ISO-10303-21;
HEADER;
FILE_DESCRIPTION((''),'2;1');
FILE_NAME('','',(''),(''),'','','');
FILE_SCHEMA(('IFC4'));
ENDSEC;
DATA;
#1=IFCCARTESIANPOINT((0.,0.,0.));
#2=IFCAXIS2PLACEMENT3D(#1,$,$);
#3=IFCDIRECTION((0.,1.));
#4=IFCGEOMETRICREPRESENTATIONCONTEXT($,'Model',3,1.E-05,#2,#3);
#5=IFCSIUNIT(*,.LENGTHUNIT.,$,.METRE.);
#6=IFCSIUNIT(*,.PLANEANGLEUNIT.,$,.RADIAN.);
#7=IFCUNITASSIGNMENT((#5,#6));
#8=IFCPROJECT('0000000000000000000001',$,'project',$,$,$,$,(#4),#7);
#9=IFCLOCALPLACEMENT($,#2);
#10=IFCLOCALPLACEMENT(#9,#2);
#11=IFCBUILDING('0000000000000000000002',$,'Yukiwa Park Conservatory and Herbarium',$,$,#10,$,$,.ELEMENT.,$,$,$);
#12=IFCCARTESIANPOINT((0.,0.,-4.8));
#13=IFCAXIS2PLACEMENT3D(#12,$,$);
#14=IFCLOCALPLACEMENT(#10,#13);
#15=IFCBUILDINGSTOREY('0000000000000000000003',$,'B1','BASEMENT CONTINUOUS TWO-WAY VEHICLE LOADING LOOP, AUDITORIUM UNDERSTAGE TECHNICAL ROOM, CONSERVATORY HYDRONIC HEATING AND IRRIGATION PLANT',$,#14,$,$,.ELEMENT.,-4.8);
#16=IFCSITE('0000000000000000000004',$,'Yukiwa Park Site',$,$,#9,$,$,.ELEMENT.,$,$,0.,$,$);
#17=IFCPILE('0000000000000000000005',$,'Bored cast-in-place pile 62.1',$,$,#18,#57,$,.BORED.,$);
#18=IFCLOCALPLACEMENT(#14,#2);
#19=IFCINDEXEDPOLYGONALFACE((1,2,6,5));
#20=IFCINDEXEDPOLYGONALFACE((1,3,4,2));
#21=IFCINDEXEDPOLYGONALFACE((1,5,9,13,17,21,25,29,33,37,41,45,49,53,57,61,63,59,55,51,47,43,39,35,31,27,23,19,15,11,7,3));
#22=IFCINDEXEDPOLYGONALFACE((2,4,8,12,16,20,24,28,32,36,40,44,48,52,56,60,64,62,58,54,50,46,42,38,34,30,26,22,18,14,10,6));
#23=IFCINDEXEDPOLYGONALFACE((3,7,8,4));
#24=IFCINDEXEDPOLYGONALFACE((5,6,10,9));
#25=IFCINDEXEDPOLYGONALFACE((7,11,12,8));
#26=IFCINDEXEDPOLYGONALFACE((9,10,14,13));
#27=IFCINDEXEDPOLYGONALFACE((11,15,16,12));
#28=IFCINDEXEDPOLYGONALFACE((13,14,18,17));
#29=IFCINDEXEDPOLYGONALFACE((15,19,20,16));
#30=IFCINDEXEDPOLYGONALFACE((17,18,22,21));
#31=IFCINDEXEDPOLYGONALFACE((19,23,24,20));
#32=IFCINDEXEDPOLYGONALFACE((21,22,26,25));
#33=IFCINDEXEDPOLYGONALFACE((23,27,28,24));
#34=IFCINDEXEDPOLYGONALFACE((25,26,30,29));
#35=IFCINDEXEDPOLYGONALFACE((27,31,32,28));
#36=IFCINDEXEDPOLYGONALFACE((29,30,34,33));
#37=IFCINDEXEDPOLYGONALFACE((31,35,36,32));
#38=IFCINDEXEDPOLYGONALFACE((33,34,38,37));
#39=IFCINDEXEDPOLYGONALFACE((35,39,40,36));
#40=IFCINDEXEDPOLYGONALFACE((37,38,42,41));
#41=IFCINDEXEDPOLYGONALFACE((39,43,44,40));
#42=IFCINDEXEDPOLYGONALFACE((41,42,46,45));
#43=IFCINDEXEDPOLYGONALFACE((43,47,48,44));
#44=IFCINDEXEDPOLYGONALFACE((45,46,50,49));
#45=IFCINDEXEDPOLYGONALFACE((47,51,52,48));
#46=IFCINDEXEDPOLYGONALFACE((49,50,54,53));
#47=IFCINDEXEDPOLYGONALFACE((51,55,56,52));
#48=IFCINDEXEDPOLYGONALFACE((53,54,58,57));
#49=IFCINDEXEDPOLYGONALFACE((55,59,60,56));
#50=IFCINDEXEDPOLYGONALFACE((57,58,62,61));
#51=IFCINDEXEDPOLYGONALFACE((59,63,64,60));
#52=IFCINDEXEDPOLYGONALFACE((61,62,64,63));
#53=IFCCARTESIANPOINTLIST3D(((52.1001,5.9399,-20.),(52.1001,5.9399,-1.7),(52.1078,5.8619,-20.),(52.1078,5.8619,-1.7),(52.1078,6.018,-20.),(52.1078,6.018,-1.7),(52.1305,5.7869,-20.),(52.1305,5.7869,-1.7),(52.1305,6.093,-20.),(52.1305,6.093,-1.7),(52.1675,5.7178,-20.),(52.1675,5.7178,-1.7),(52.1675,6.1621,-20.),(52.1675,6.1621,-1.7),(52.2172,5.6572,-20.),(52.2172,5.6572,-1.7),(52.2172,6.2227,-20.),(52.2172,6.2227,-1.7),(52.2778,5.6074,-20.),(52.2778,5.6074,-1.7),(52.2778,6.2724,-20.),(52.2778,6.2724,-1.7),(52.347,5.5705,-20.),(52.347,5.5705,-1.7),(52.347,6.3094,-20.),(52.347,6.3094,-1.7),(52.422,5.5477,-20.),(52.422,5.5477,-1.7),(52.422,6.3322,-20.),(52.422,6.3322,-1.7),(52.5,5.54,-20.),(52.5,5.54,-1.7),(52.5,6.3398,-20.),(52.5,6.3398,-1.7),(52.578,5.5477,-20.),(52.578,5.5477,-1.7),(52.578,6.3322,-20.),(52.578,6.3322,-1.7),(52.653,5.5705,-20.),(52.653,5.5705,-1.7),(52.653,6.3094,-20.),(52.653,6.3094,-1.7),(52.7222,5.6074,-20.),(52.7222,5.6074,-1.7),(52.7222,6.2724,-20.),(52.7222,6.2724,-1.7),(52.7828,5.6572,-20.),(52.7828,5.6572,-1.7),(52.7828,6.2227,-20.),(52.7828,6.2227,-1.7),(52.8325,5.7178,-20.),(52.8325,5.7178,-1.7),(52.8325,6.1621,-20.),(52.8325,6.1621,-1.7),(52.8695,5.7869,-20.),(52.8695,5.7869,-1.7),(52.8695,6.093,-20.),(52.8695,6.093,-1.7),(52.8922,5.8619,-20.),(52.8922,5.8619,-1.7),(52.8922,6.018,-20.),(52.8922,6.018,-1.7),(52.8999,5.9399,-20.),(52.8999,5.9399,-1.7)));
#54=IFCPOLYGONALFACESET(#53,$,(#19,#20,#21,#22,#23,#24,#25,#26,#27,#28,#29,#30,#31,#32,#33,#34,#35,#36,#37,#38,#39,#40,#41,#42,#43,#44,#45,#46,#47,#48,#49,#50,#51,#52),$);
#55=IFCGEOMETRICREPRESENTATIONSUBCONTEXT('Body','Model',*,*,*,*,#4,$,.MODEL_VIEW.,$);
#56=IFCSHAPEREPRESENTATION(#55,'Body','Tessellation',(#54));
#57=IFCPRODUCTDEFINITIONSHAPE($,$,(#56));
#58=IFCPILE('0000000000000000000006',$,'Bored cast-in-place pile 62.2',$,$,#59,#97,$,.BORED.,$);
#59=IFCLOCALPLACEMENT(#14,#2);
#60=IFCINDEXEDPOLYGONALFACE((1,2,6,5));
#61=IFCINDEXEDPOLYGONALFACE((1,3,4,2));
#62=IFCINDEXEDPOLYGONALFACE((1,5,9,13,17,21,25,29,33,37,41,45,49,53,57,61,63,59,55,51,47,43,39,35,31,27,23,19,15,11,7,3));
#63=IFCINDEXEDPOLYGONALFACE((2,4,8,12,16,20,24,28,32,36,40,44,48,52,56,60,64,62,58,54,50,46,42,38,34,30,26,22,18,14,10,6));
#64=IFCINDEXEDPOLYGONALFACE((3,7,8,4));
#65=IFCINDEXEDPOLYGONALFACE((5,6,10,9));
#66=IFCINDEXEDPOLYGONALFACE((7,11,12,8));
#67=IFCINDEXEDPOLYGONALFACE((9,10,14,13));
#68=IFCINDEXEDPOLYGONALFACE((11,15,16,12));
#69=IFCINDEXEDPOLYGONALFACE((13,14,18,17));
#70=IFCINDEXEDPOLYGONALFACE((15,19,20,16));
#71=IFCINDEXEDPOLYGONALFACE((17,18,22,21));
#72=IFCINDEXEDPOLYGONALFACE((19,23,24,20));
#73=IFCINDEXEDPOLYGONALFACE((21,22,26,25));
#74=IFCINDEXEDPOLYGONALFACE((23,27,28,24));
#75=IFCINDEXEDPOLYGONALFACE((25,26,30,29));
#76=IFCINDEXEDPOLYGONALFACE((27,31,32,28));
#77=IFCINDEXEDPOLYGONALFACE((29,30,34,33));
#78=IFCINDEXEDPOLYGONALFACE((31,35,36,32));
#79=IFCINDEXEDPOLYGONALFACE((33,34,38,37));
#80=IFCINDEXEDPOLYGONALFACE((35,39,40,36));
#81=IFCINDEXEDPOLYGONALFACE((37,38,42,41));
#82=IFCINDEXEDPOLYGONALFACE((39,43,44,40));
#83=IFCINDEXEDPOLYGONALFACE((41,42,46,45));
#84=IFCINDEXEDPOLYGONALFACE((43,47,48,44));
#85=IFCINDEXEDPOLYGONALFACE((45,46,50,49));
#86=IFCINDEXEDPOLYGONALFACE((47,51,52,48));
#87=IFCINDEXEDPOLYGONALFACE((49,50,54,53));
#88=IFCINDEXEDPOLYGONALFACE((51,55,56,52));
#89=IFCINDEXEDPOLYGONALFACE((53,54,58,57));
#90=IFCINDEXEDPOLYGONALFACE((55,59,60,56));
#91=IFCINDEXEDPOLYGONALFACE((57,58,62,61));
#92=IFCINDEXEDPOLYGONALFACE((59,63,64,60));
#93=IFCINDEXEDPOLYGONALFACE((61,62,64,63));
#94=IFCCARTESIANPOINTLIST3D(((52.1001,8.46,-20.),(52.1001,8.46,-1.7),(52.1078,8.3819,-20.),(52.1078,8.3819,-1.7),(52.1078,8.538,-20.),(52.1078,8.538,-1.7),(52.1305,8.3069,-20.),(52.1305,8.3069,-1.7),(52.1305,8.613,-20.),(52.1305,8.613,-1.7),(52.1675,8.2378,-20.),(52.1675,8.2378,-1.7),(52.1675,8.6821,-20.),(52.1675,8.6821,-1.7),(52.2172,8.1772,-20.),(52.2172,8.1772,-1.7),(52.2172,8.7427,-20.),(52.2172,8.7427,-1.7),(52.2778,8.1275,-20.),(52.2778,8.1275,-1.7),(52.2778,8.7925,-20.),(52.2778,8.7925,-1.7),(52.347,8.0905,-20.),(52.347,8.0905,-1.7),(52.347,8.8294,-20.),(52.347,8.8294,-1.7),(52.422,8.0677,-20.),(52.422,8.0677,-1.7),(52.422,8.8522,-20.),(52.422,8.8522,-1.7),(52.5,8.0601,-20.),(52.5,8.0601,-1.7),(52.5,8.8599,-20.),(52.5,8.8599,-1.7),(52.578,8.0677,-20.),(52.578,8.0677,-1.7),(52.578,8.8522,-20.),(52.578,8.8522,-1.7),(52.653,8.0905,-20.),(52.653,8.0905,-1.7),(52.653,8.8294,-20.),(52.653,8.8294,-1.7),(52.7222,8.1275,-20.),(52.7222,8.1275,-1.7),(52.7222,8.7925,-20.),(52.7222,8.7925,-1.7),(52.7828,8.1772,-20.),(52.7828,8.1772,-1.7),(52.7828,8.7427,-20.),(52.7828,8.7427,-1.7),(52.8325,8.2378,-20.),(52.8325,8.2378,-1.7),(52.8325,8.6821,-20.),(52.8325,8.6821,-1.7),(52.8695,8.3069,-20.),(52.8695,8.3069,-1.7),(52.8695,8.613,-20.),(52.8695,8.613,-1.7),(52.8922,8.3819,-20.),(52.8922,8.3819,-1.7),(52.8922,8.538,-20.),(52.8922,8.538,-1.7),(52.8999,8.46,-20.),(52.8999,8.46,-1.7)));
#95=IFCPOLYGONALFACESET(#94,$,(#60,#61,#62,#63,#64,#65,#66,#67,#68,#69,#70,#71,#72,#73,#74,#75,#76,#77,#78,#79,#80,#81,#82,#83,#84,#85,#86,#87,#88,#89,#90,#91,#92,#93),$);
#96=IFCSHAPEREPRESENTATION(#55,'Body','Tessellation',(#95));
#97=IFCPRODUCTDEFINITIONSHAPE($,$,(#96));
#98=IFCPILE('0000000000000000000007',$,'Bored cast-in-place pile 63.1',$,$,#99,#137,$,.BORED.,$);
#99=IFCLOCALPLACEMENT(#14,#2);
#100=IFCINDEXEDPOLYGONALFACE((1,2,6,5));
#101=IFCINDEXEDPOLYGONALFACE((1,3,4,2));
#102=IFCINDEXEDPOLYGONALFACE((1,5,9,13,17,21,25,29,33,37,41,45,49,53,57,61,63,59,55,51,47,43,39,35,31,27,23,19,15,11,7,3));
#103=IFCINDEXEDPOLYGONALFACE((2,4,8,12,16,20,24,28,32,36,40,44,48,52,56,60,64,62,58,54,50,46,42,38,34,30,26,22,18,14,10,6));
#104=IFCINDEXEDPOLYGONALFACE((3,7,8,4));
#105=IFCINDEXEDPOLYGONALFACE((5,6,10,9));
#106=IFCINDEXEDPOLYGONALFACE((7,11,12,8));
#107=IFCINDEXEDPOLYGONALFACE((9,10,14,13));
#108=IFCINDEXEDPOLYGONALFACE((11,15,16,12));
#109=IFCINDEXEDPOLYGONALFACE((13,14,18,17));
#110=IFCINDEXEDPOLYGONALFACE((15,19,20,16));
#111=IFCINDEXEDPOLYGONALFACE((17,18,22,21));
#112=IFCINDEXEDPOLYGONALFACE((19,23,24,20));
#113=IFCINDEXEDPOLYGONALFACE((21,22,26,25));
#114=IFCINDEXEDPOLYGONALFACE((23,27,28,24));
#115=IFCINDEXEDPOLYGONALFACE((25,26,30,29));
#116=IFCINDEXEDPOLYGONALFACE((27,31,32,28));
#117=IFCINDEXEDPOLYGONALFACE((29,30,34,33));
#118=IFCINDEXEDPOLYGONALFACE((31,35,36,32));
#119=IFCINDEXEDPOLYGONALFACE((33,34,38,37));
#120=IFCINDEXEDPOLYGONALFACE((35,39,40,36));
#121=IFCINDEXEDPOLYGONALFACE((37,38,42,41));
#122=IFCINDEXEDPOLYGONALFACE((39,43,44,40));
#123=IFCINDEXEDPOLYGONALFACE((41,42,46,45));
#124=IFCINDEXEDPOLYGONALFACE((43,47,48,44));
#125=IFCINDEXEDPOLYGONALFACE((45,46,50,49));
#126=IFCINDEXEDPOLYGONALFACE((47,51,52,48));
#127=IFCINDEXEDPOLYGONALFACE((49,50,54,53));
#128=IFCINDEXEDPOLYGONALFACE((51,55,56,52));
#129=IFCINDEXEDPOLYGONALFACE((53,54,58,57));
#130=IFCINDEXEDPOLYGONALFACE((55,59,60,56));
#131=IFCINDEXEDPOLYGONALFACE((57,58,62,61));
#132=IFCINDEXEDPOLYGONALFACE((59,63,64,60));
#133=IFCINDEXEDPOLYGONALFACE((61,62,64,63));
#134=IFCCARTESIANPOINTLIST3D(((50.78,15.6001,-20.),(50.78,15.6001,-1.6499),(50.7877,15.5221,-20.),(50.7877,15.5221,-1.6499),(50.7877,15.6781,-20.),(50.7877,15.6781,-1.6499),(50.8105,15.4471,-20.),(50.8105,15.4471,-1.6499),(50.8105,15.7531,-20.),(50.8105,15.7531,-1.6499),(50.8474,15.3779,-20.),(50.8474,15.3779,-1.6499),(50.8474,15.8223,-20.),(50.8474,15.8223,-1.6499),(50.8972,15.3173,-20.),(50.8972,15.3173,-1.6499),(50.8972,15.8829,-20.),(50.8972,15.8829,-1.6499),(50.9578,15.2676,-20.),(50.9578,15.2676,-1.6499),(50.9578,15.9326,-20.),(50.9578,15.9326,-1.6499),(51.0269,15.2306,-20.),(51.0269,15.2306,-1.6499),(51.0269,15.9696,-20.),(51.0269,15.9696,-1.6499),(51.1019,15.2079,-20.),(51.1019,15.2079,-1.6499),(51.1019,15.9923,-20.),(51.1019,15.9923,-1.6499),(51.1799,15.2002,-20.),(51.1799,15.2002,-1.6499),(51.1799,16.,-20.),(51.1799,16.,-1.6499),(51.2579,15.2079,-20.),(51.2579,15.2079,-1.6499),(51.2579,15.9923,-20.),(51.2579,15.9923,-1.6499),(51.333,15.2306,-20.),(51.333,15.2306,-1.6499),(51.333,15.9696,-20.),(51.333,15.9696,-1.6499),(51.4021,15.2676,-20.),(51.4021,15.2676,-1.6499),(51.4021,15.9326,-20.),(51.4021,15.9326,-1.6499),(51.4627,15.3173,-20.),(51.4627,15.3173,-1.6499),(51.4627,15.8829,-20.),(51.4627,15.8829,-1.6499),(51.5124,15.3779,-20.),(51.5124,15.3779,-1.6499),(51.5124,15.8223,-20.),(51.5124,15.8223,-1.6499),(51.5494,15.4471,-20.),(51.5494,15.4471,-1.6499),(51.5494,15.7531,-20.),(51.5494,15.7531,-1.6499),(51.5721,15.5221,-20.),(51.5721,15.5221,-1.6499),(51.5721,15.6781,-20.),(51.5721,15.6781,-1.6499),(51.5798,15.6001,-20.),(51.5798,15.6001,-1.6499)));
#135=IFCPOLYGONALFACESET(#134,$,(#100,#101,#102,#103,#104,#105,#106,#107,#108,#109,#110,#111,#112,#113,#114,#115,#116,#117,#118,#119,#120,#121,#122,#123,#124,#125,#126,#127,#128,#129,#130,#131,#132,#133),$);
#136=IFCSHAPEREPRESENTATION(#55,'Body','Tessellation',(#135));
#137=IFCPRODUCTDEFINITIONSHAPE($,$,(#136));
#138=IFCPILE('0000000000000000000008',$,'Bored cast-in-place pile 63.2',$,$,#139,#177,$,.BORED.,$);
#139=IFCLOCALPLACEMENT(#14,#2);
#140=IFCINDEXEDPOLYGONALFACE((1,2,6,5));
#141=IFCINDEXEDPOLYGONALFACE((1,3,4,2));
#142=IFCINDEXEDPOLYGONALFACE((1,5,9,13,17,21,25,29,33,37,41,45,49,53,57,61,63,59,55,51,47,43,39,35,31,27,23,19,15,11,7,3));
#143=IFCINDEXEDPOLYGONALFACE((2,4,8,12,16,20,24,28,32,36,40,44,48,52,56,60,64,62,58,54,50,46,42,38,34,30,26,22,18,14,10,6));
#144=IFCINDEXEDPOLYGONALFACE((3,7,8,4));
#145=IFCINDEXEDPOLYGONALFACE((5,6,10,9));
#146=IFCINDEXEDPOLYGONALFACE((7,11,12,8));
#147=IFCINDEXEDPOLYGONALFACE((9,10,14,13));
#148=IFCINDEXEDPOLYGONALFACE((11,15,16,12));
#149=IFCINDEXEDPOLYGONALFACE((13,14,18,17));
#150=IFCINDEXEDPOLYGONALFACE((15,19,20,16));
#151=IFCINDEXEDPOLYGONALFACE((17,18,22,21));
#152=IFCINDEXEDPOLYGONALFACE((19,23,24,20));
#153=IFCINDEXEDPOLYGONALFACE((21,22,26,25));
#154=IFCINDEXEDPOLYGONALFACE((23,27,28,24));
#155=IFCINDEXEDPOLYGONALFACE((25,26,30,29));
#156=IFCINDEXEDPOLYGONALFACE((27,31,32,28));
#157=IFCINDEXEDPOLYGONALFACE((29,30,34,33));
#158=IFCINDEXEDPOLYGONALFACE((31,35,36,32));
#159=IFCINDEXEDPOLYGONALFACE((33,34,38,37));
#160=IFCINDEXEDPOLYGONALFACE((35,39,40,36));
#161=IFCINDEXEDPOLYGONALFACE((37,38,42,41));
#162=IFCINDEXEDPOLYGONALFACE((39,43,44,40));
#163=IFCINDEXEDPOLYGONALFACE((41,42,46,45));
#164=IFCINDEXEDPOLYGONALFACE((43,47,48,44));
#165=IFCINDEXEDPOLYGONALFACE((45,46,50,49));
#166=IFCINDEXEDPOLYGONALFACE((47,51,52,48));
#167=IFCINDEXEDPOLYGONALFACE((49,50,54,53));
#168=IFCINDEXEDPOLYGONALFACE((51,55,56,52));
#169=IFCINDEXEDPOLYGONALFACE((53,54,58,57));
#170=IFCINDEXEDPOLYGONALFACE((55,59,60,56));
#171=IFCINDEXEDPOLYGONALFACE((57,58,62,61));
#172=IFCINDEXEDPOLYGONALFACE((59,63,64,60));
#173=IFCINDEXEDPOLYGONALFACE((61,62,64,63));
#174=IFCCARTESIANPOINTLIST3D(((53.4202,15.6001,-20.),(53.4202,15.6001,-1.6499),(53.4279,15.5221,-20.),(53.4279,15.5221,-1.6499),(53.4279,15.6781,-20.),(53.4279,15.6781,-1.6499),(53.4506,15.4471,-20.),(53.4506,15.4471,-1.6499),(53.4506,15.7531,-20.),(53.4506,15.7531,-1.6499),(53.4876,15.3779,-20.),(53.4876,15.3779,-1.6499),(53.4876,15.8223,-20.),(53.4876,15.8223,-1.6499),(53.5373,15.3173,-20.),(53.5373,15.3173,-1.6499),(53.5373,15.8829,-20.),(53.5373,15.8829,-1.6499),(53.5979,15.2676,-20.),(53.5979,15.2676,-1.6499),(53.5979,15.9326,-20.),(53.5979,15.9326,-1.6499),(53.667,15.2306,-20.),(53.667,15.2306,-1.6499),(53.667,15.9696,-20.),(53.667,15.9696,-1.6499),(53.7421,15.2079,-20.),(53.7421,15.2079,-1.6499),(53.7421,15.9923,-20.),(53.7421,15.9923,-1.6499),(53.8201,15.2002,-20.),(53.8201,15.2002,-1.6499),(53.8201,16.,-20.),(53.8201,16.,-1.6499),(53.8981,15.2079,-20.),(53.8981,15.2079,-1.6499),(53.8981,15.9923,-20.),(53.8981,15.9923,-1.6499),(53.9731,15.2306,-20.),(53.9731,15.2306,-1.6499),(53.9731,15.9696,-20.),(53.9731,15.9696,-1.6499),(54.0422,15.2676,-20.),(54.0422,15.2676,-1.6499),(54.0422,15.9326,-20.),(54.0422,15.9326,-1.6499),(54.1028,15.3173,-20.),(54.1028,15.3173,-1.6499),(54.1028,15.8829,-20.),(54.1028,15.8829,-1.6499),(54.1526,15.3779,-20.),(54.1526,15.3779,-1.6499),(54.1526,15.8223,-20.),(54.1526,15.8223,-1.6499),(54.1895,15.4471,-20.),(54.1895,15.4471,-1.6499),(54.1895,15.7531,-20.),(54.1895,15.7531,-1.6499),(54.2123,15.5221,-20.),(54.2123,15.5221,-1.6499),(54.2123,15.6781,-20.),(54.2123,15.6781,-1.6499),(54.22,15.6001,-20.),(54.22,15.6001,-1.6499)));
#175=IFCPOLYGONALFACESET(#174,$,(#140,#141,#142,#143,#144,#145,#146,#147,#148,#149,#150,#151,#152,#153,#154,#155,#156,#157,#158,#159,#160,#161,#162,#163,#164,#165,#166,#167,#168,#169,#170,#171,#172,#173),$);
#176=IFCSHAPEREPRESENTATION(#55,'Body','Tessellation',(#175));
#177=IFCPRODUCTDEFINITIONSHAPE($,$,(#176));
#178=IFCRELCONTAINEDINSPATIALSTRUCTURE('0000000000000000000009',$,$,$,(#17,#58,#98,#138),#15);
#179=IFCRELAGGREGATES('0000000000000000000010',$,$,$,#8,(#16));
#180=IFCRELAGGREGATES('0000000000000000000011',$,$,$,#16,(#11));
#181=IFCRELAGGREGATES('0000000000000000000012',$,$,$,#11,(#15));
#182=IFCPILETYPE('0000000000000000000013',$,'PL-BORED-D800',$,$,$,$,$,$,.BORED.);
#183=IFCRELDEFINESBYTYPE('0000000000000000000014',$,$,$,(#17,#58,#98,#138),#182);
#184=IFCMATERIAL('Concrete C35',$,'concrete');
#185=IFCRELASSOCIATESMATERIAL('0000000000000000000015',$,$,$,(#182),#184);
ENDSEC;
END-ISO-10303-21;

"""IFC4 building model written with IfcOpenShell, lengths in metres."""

from ifc_helpers import new_model, si_unit, direction, frame, origin, origin_2d, place, context, subcontext, project, spatial, circle, extrude, material, material_profile, profile_set, type_object, element, save


model = new_model("IFC4")

# Units and contexts
model_context = context("Model", 3, precision=1e-05, world=origin(), true_north=direction((0.0, 1.0)))
body_context = subcontext(model_context, "Body", "Model", "MODEL_VIEW")
ifc_project = project(units=[si_unit("LENGTHUNIT", "METRE"), si_unit("PLANEANGLEUNIT", "RADIAN")], contexts=[model_context])

# Site, building, storey
site_placement = place(None, origin())
site = spatial("IfcSite", under=ifc_project, at=site_placement, Name="Yukiwa Park Site", CompositionType="ELEMENT", RefElevation=0.0)
building_placement = place(site_placement, origin())
building = spatial("IfcBuilding", under=site, at=building_placement, Name="Yukiwa Park Conservatory and Herbarium", CompositionType="ELEMENT")
storey_placement = place(building_placement, frame((0.0, 0.0, -4.8)))
storey = spatial("IfcBuildingStorey", under=building, at=storey_placement, Name="B1", Description="BASEMENT CONTINUOUS TWO-WAY VEHICLE LOADING LOOP, AUDITORIUM UNDERSTAGE TECHNICAL ROOM, CONSERVATORY HYDRONIC HEATING AND IRRIGATION PLANT", CompositionType="ELEMENT", Elevation=-4.8)

# Piles
ifc_material_1 = material(Name="Concrete C35", Category="concrete")
ifc_material_profile_1 = material_profile(ifc_material_1, circle(Radius=0.3999, at=origin_2d()), Name="PILE D800")
ifc_profile_set_1 = profile_set([ifc_material_profile_1], Name="Concrete C35")
pile_type = type_object("IfcPileType", Name="PL-BORED-D800", PredefinedType="BORED", material=ifc_profile_set_1)
for number, where, z_axis, x_axis, name in (
    (1, (52.5, 5.9399, -1.7), (0.0, 0.0, -1.0), (1.0, 0.0, 0.0), "Bored cast-in-place pile 62.1"),
    (2, (52.5, 8.46, -1.7), (0.0, 0.0, -1.0), (1.0, 0.0, 0.0), "Bored cast-in-place pile 62.2"),
):
    element("IfcPile", number, at=place(storey_placement, frame(where, z_axis=z_axis, x_axis=x_axis)), inside=storey, type_object=pile_type, Name=name, PredefinedType="BORED", context=body_context, shape_type="SweptSolid", body=[
        extrude(circle(Radius=0.3999, at=origin_2d()), origin(), (0.0, 0.0, 1.0), 18.3),
    ])
for number, where, z_axis, x_axis, name in (
    (3, (51.1799, 15.6001, -1.6499), (0.0, 0.0, -1.0), (1.0, 0.0, 0.0), "Bored cast-in-place pile 63.1"),
    (4, (53.8201, 15.6001, -1.6499), (0.0, 0.0, -1.0), (1.0, 0.0, 0.0), "Bored cast-in-place pile 63.2"),
):
    element("IfcPile", number, at=place(storey_placement, frame(where, z_axis=z_axis, x_axis=x_axis)), inside=storey, type_object=pile_type, Name=name, PredefinedType="BORED", context=body_context, shape_type="SweptSolid", body=[
        extrude(circle(Radius=0.3999, at=origin_2d()), origin(), (0.0, 0.0, 1.0), 18.3501),
    ])

save(model, "model.ifc")
